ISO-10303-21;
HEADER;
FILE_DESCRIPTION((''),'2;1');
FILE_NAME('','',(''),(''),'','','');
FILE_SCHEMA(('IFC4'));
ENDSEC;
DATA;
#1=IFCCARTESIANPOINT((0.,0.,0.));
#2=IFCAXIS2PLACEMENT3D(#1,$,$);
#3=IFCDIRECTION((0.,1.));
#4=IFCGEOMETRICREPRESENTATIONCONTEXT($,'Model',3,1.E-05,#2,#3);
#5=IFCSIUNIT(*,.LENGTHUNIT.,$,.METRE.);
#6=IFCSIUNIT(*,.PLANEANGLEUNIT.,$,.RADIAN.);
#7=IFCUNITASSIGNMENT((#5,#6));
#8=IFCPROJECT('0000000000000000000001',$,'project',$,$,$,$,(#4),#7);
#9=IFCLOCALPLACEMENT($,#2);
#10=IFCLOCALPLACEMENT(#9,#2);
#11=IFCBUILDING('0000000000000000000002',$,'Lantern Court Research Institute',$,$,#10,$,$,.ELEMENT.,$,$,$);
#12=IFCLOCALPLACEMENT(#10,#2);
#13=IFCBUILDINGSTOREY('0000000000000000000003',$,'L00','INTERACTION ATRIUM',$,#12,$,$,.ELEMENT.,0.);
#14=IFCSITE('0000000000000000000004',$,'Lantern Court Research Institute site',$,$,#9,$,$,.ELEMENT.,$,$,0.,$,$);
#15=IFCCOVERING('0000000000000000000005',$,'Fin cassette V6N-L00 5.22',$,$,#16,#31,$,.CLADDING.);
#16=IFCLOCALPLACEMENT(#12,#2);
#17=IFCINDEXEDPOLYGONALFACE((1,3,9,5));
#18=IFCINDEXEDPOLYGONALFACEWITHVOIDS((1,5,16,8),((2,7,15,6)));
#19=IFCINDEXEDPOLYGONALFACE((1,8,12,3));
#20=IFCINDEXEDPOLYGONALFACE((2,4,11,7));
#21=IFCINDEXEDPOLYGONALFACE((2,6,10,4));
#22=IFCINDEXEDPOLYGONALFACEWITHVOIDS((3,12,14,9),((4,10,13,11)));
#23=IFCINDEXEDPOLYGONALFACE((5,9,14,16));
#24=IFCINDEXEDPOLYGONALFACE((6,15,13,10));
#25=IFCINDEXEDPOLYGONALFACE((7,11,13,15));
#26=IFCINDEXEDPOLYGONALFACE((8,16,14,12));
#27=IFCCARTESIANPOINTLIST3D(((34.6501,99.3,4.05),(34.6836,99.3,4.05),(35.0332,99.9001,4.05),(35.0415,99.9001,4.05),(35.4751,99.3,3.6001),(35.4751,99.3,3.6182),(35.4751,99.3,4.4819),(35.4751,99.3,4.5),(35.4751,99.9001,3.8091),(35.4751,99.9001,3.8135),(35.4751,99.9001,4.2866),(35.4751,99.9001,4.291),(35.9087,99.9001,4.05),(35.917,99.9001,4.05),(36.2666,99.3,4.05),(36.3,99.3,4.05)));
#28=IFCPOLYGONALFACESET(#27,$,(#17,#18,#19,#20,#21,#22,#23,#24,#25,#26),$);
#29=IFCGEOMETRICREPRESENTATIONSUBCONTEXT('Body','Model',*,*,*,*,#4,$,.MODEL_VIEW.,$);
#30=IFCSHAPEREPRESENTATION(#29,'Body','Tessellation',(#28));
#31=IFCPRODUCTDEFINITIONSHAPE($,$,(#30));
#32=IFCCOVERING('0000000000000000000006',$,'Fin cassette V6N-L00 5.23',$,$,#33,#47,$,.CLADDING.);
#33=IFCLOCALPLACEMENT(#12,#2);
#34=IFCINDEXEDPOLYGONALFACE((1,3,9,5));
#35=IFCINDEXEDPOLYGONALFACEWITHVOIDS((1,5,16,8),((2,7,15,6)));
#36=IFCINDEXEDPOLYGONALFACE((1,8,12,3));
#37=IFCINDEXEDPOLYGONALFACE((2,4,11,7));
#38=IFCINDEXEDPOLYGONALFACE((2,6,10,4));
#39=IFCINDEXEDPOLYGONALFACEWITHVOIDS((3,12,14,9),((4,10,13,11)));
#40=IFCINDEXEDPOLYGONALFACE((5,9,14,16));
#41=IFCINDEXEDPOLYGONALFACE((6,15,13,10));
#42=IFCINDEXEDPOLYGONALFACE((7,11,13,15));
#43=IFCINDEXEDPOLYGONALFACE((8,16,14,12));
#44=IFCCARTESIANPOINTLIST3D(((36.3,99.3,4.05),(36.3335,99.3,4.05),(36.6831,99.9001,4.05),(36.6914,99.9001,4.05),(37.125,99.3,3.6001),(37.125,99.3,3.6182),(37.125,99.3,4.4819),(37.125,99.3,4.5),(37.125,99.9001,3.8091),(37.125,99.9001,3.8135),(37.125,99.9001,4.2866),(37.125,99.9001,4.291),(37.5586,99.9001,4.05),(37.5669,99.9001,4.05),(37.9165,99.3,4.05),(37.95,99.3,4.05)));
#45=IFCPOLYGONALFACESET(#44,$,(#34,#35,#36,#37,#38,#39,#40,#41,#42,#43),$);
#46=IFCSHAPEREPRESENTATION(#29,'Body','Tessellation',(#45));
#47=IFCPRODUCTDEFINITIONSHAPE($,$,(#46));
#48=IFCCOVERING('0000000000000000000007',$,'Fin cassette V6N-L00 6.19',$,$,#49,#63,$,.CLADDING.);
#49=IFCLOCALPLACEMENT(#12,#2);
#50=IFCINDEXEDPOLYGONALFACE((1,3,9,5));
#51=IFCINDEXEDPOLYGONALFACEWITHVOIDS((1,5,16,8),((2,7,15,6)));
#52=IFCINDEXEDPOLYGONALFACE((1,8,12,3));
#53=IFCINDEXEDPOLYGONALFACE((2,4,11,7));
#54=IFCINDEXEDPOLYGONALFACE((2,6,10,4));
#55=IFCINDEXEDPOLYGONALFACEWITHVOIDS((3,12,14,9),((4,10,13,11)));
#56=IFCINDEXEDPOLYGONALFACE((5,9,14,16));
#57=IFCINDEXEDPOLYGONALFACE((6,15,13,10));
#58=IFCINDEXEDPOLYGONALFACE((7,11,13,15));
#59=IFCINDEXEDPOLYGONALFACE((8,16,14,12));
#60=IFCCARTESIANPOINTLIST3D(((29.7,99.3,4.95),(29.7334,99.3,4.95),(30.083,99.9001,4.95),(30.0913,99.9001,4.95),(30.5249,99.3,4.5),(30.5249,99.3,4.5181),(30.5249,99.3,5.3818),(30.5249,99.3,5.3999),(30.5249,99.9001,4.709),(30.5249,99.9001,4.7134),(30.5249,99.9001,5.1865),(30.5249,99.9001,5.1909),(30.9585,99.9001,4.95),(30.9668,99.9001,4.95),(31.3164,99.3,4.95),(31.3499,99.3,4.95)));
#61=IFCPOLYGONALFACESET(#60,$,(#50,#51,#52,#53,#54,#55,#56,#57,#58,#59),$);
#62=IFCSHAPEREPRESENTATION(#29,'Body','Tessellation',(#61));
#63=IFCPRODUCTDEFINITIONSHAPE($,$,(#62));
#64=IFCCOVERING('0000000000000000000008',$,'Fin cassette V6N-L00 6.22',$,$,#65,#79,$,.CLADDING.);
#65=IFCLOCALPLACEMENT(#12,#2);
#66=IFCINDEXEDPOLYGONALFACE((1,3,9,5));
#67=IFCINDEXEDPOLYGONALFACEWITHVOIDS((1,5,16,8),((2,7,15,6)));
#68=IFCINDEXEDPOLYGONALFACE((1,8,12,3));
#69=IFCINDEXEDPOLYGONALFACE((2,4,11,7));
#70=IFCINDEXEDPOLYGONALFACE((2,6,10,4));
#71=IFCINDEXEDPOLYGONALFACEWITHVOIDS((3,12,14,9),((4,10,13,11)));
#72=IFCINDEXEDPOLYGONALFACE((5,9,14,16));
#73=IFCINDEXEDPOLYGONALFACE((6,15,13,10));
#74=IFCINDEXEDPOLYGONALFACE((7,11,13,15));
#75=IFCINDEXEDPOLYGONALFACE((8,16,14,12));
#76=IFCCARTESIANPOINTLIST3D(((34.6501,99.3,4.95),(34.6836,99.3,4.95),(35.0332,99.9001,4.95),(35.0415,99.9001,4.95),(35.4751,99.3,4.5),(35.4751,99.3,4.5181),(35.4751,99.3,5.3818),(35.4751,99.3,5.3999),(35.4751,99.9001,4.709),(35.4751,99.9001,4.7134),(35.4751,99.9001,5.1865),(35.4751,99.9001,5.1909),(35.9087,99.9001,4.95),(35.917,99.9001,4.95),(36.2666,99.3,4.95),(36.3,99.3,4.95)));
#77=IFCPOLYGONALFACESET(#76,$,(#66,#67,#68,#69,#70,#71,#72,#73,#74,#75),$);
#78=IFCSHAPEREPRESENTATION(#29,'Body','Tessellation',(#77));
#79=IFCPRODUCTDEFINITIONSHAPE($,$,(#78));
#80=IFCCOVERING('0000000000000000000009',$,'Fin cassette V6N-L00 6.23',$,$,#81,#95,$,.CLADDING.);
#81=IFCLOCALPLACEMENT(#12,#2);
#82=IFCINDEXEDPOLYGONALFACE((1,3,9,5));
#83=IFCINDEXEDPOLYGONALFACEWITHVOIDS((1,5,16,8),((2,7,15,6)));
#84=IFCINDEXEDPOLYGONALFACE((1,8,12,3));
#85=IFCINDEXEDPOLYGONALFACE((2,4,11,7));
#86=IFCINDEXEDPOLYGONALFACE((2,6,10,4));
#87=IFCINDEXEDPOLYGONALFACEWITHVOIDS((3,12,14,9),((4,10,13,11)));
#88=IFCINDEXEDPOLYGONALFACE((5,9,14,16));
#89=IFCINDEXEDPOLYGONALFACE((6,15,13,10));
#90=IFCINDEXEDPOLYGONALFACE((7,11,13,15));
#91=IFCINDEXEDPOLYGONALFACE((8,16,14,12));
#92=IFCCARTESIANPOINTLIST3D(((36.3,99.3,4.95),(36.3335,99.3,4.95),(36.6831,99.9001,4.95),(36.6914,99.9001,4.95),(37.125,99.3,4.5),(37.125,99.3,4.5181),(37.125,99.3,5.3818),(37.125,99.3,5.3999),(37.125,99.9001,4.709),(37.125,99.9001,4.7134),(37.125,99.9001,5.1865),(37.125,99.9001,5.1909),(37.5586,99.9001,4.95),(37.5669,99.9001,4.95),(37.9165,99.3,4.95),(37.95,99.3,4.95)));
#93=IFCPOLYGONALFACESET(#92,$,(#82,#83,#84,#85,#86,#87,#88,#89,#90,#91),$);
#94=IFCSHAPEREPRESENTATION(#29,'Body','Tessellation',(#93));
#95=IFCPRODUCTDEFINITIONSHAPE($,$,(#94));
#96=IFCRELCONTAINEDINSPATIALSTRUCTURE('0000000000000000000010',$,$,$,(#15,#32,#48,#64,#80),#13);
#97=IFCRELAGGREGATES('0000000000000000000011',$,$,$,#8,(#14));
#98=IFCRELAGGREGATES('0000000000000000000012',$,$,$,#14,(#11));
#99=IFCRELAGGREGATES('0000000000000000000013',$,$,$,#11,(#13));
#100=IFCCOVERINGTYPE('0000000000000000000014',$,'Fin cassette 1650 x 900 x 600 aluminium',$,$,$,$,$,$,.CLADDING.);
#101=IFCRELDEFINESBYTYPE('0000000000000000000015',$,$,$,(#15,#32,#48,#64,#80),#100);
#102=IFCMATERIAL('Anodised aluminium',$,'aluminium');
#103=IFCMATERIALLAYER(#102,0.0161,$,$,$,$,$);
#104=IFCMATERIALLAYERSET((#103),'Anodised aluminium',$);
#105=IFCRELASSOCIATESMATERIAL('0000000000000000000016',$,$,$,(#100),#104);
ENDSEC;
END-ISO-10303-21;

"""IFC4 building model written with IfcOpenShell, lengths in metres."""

from ifc_helpers import new_model, entity, si_unit, direction, frame, origin, place, context, subcontext, project, spatial, material, layer, layer_set, type_object, element, save


model = new_model("IFC4")

# Units and contexts
model_context = context("Model", 3, precision=1e-05, world=origin(), true_north=direction((0.0, 1.0)))
body_context = subcontext(model_context, "Body", "Model", "MODEL_VIEW")
ifc_project = project(units=[si_unit("LENGTHUNIT", "METRE"), si_unit("PLANEANGLEUNIT", "RADIAN")], contexts=[model_context])

# Site, building, storey
site_placement = place(None, origin())
site = spatial("IfcSite", under=ifc_project, at=site_placement, Name="Lantern Court Research Institute site", CompositionType="ELEMENT", RefElevation=0.0)
building_placement = place(site_placement, origin())
building = spatial("IfcBuilding", under=site, at=building_placement, Name="Lantern Court Research Institute", CompositionType="ELEMENT")
storey_placement = place(building_placement, origin())
storey = spatial("IfcBuildingStorey", under=building, at=storey_placement, Name="L00", Description="INTERACTION ATRIUM", CompositionType="ELEMENT", Elevation=0.0)

# Coverings
ifc_material_1 = material(Name="Anodised aluminium", Category="aluminium")
ifc_layer_1 = layer(ifc_material_1, 0.0161)
ifc_layer_set_1 = layer_set([ifc_layer_1], Name="Anodised aluminium")
covering_type_1 = type_object("IfcCoveringType", Name="Fin cassette 1650 x 900 x 600 aluminium", PredefinedType="CLADDING", material=ifc_layer_set_1)
covering_1_placement = place(storey_placement, frame((35.4751, 99.3, 4.05), z_axis=(0.0, 1.0, 0.0), x_axis=(-1.0, 0.0, 0.0)))
cartesian_point_1 = entity("IfcCartesianPoint", [0.825, 0.0])
cartesian_point_2 = entity("IfcCartesianPoint", [0.7915, 0.0])
cartesian_point_3 = entity("IfcCartesianPoint", [0.4419, 0.0])
cartesian_point_4 = entity("IfcCartesianPoint", [0.4336, 0.0])
element("IfcCovering", 1, at=covering_1_placement, inside=storey, type_object=covering_type_1, Name="Fin cassette V6N-L00 5.22", PredefinedType="CLADDING", context=body_context, shape_type="SweptSolid", body=[
    entity("IfcExtrudedAreaSolidTapered", entity("IfcArbitraryProfileDefWithVoids", "AREA", None, entity("IfcPolyline", [cartesian_point_1, entity("IfcCartesianPoint", [0.0, 0.45]), entity("IfcCartesianPoint", [-0.825, 0.0]), entity("IfcCartesianPoint", [0.0, -0.45]), cartesian_point_1]), [entity("IfcPolyline", [cartesian_point_2, entity("IfcCartesianPoint", [0.0, 0.4319]), entity("IfcCartesianPoint", [-0.7915, 0.0]), entity("IfcCartesianPoint", [0.0, -0.4319]), cartesian_point_2])]), entity("IfcAxis2Placement3D", entity("IfcCartesianPoint", [0.0, 0.0, 0.0])), entity("IfcDirection", [0.0, 0.0, 1.0]), 0.6001, entity("IfcArbitraryProfileDefWithVoids", "AREA", None, entity("IfcPolyline", [cartesian_point_3, entity("IfcCartesianPoint", [0.0, 0.241]), entity("IfcCartesianPoint", [-0.4419, 0.0]), entity("IfcCartesianPoint", [0.0, -0.241]), cartesian_point_3]), [entity("IfcPolyline", [cartesian_point_4, entity("IfcCartesianPoint", [0.0, 0.2366]), entity("IfcCartesianPoint", [-0.4336, 0.0]), entity("IfcCartesianPoint", [0.0, -0.2366]), cartesian_point_4])])),
])
covering_2_placement = place(storey_placement, frame((37.125, 99.3, 4.05), z_axis=(0.0, 1.0, 0.0), x_axis=(-1.0, 0.0, 0.0)))
cartesian_point_5 = entity("IfcCartesianPoint", [0.825, 0.0])
cartesian_point_6 = entity("IfcCartesianPoint", [0.7915, 0.0])
cartesian_point_7 = entity("IfcCartesianPoint", [0.4419, 0.0])
cartesian_point_8 = entity("IfcCartesianPoint", [0.4336, 0.0])
element("IfcCovering", 2, at=covering_2_placement, inside=storey, type_object=covering_type_1, Name="Fin cassette V6N-L00 5.23", PredefinedType="CLADDING", context=body_context, shape_type="SweptSolid", body=[
    entity("IfcExtrudedAreaSolidTapered", entity("IfcArbitraryProfileDefWithVoids", "AREA", None, entity("IfcPolyline", [cartesian_point_5, entity("IfcCartesianPoint", [0.0, 0.45]), entity("IfcCartesianPoint", [-0.825, 0.0]), entity("IfcCartesianPoint", [0.0, -0.45]), cartesian_point_5]), [entity("IfcPolyline", [cartesian_point_6, entity("IfcCartesianPoint", [0.0, 0.4319]), entity("IfcCartesianPoint", [-0.7915, 0.0]), entity("IfcCartesianPoint", [0.0, -0.4319]), cartesian_point_6])]), entity("IfcAxis2Placement3D", entity("IfcCartesianPoint", [0.0, 0.0, 0.0])), entity("IfcDirection", [0.0, 0.0, 1.0]), 0.6001, entity("IfcArbitraryProfileDefWithVoids", "AREA", None, entity("IfcPolyline", [cartesian_point_7, entity("IfcCartesianPoint", [0.0, 0.241]), entity("IfcCartesianPoint", [-0.4419, 0.0]), entity("IfcCartesianPoint", [0.0, -0.241]), cartesian_point_7]), [entity("IfcPolyline", [cartesian_point_8, entity("IfcCartesianPoint", [0.0, 0.2366]), entity("IfcCartesianPoint", [-0.4336, 0.0]), entity("IfcCartesianPoint", [0.0, -0.2366]), cartesian_point_8])])),
])
covering_3_placement = place(storey_placement, frame((30.5249, 99.3, 4.95), z_axis=(0.0, 1.0, 0.0), x_axis=(-1.0, 0.0, 0.0)))
cartesian_point_9 = entity("IfcCartesianPoint", [0.825, 0.0])
cartesian_point_10 = entity("IfcCartesianPoint", [0.7915, 0.0])
cartesian_point_11 = entity("IfcCartesianPoint", [0.4419, 0.0])
cartesian_point_12 = entity("IfcCartesianPoint", [0.4336, 0.0])
element("IfcCovering", 3, at=covering_3_placement, inside=storey, type_object=covering_type_1, Name="Fin cassette V6N-L00 6.19", PredefinedType="CLADDING", context=body_context, shape_type="SweptSolid", body=[
    entity("IfcExtrudedAreaSolidTapered", entity("IfcArbitraryProfileDefWithVoids", "AREA", None, entity("IfcPolyline", [cartesian_point_9, entity("IfcCartesianPoint", [0.0, 0.45]), entity("IfcCartesianPoint", [-0.825, 0.0]), entity("IfcCartesianPoint", [0.0, -0.45]), cartesian_point_9]), [entity("IfcPolyline", [cartesian_point_10, entity("IfcCartesianPoint", [0.0, 0.4319]), entity("IfcCartesianPoint", [-0.7915, 0.0]), entity("IfcCartesianPoint", [0.0, -0.4319]), cartesian_point_10])]), entity("IfcAxis2Placement3D", entity("IfcCartesianPoint", [0.0, 0.0, 0.0])), entity("IfcDirection", [0.0, 0.0, 1.0]), 0.6001, entity("IfcArbitraryProfileDefWithVoids", "AREA", None, entity("IfcPolyline", [cartesian_point_11, entity("IfcCartesianPoint", [0.0, 0.241]), entity("IfcCartesianPoint", [-0.4419, 0.0]), entity("IfcCartesianPoint", [0.0, -0.241]), cartesian_point_11]), [entity("IfcPolyline", [cartesian_point_12, entity("IfcCartesianPoint", [0.0, 0.2366]), entity("IfcCartesianPoint", [-0.4336, 0.0]), entity("IfcCartesianPoint", [0.0, -0.2366]), cartesian_point_12])])),
])
covering_4_placement = place(storey_placement, frame((35.4751, 99.3, 4.95), z_axis=(0.0, 1.0, 0.0), x_axis=(-1.0, 0.0, 0.0)))
cartesian_point_13 = entity("IfcCartesianPoint", [0.825, 0.0])
cartesian_point_14 = entity("IfcCartesianPoint", [0.7915, 0.0])
cartesian_point_15 = entity("IfcCartesianPoint", [0.4419, 0.0])
cartesian_point_16 = entity("IfcCartesianPoint", [0.4336, 0.0])
element("IfcCovering", 4, at=covering_4_placement, inside=storey, type_object=covering_type_1, Name="Fin cassette V6N-L00 6.22", PredefinedType="CLADDING", context=body_context, shape_type="SweptSolid", body=[
    entity("IfcExtrudedAreaSolidTapered", entity("IfcArbitraryProfileDefWithVoids", "AREA", None, entity("IfcPolyline", [cartesian_point_13, entity("IfcCartesianPoint", [0.0, 0.45]), entity("IfcCartesianPoint", [-0.825, 0.0]), entity("IfcCartesianPoint", [0.0, -0.45]), cartesian_point_13]), [entity("IfcPolyline", [cartesian_point_14, entity("IfcCartesianPoint", [0.0, 0.4319]), entity("IfcCartesianPoint", [-0.7915, 0.0]), entity("IfcCartesianPoint", [0.0, -0.4319]), cartesian_point_14])]), entity("IfcAxis2Placement3D", entity("IfcCartesianPoint", [0.0, 0.0, 0.0])), entity("IfcDirection", [0.0, 0.0, 1.0]), 0.6001, entity("IfcArbitraryProfileDefWithVoids", "AREA", None, entity("IfcPolyline", [cartesian_point_15, entity("IfcCartesianPoint", [0.0, 0.241]), entity("IfcCartesianPoint", [-0.4419, 0.0]), entity("IfcCartesianPoint", [0.0, -0.241]), cartesian_point_15]), [entity("IfcPolyline", [cartesian_point_16, entity("IfcCartesianPoint", [0.0, 0.2366]), entity("IfcCartesianPoint", [-0.4336, 0.0]), entity("IfcCartesianPoint", [0.0, -0.2366]), cartesian_point_16])])),
])
covering_5_placement = place(storey_placement, frame((37.125, 99.3, 4.95), z_axis=(0.0, 1.0, 0.0), x_axis=(-1.0, 0.0, 0.0)))
cartesian_point_17 = entity("IfcCartesianPoint", [0.825, 0.0])
cartesian_point_18 = entity("IfcCartesianPoint", [0.7915, 0.0])
cartesian_point_19 = entity("IfcCartesianPoint", [0.4419, 0.0])
cartesian_point_20 = entity("IfcCartesianPoint", [0.4336, 0.0])
element("IfcCovering", 5, at=covering_5_placement, inside=storey, type_object=covering_type_1, Name="Fin cassette V6N-L00 6.23", PredefinedType="CLADDING", context=body_context, shape_type="SweptSolid", body=[
    entity("IfcExtrudedAreaSolidTapered", entity("IfcArbitraryProfileDefWithVoids", "AREA", None, entity("IfcPolyline", [cartesian_point_17, entity("IfcCartesianPoint", [0.0, 0.45]), entity("IfcCartesianPoint", [-0.825, 0.0]), entity("IfcCartesianPoint", [0.0, -0.45]), cartesian_point_17]), [entity("IfcPolyline", [cartesian_point_18, entity("IfcCartesianPoint", [0.0, 0.4319]), entity("IfcCartesianPoint", [-0.7915, 0.0]), entity("IfcCartesianPoint", [0.0, -0.4319]), cartesian_point_18])]), entity("IfcAxis2Placement3D", entity("IfcCartesianPoint", [0.0, 0.0, 0.0])), entity("IfcDirection", [0.0, 0.0, 1.0]), 0.6001, entity("IfcArbitraryProfileDefWithVoids", "AREA", None, entity("IfcPolyline", [cartesian_point_19, entity("IfcCartesianPoint", [0.0, 0.241]), entity("IfcCartesianPoint", [-0.4419, 0.0]), entity("IfcCartesianPoint", [0.0, -0.241]), cartesian_point_19]), [entity("IfcPolyline", [cartesian_point_20, entity("IfcCartesianPoint", [0.0, 0.2366]), entity("IfcCartesianPoint", [-0.4336, 0.0]), entity("IfcCartesianPoint", [0.0, -0.2366]), cartesian_point_20])])),
])

save(model, "model.ifc")
